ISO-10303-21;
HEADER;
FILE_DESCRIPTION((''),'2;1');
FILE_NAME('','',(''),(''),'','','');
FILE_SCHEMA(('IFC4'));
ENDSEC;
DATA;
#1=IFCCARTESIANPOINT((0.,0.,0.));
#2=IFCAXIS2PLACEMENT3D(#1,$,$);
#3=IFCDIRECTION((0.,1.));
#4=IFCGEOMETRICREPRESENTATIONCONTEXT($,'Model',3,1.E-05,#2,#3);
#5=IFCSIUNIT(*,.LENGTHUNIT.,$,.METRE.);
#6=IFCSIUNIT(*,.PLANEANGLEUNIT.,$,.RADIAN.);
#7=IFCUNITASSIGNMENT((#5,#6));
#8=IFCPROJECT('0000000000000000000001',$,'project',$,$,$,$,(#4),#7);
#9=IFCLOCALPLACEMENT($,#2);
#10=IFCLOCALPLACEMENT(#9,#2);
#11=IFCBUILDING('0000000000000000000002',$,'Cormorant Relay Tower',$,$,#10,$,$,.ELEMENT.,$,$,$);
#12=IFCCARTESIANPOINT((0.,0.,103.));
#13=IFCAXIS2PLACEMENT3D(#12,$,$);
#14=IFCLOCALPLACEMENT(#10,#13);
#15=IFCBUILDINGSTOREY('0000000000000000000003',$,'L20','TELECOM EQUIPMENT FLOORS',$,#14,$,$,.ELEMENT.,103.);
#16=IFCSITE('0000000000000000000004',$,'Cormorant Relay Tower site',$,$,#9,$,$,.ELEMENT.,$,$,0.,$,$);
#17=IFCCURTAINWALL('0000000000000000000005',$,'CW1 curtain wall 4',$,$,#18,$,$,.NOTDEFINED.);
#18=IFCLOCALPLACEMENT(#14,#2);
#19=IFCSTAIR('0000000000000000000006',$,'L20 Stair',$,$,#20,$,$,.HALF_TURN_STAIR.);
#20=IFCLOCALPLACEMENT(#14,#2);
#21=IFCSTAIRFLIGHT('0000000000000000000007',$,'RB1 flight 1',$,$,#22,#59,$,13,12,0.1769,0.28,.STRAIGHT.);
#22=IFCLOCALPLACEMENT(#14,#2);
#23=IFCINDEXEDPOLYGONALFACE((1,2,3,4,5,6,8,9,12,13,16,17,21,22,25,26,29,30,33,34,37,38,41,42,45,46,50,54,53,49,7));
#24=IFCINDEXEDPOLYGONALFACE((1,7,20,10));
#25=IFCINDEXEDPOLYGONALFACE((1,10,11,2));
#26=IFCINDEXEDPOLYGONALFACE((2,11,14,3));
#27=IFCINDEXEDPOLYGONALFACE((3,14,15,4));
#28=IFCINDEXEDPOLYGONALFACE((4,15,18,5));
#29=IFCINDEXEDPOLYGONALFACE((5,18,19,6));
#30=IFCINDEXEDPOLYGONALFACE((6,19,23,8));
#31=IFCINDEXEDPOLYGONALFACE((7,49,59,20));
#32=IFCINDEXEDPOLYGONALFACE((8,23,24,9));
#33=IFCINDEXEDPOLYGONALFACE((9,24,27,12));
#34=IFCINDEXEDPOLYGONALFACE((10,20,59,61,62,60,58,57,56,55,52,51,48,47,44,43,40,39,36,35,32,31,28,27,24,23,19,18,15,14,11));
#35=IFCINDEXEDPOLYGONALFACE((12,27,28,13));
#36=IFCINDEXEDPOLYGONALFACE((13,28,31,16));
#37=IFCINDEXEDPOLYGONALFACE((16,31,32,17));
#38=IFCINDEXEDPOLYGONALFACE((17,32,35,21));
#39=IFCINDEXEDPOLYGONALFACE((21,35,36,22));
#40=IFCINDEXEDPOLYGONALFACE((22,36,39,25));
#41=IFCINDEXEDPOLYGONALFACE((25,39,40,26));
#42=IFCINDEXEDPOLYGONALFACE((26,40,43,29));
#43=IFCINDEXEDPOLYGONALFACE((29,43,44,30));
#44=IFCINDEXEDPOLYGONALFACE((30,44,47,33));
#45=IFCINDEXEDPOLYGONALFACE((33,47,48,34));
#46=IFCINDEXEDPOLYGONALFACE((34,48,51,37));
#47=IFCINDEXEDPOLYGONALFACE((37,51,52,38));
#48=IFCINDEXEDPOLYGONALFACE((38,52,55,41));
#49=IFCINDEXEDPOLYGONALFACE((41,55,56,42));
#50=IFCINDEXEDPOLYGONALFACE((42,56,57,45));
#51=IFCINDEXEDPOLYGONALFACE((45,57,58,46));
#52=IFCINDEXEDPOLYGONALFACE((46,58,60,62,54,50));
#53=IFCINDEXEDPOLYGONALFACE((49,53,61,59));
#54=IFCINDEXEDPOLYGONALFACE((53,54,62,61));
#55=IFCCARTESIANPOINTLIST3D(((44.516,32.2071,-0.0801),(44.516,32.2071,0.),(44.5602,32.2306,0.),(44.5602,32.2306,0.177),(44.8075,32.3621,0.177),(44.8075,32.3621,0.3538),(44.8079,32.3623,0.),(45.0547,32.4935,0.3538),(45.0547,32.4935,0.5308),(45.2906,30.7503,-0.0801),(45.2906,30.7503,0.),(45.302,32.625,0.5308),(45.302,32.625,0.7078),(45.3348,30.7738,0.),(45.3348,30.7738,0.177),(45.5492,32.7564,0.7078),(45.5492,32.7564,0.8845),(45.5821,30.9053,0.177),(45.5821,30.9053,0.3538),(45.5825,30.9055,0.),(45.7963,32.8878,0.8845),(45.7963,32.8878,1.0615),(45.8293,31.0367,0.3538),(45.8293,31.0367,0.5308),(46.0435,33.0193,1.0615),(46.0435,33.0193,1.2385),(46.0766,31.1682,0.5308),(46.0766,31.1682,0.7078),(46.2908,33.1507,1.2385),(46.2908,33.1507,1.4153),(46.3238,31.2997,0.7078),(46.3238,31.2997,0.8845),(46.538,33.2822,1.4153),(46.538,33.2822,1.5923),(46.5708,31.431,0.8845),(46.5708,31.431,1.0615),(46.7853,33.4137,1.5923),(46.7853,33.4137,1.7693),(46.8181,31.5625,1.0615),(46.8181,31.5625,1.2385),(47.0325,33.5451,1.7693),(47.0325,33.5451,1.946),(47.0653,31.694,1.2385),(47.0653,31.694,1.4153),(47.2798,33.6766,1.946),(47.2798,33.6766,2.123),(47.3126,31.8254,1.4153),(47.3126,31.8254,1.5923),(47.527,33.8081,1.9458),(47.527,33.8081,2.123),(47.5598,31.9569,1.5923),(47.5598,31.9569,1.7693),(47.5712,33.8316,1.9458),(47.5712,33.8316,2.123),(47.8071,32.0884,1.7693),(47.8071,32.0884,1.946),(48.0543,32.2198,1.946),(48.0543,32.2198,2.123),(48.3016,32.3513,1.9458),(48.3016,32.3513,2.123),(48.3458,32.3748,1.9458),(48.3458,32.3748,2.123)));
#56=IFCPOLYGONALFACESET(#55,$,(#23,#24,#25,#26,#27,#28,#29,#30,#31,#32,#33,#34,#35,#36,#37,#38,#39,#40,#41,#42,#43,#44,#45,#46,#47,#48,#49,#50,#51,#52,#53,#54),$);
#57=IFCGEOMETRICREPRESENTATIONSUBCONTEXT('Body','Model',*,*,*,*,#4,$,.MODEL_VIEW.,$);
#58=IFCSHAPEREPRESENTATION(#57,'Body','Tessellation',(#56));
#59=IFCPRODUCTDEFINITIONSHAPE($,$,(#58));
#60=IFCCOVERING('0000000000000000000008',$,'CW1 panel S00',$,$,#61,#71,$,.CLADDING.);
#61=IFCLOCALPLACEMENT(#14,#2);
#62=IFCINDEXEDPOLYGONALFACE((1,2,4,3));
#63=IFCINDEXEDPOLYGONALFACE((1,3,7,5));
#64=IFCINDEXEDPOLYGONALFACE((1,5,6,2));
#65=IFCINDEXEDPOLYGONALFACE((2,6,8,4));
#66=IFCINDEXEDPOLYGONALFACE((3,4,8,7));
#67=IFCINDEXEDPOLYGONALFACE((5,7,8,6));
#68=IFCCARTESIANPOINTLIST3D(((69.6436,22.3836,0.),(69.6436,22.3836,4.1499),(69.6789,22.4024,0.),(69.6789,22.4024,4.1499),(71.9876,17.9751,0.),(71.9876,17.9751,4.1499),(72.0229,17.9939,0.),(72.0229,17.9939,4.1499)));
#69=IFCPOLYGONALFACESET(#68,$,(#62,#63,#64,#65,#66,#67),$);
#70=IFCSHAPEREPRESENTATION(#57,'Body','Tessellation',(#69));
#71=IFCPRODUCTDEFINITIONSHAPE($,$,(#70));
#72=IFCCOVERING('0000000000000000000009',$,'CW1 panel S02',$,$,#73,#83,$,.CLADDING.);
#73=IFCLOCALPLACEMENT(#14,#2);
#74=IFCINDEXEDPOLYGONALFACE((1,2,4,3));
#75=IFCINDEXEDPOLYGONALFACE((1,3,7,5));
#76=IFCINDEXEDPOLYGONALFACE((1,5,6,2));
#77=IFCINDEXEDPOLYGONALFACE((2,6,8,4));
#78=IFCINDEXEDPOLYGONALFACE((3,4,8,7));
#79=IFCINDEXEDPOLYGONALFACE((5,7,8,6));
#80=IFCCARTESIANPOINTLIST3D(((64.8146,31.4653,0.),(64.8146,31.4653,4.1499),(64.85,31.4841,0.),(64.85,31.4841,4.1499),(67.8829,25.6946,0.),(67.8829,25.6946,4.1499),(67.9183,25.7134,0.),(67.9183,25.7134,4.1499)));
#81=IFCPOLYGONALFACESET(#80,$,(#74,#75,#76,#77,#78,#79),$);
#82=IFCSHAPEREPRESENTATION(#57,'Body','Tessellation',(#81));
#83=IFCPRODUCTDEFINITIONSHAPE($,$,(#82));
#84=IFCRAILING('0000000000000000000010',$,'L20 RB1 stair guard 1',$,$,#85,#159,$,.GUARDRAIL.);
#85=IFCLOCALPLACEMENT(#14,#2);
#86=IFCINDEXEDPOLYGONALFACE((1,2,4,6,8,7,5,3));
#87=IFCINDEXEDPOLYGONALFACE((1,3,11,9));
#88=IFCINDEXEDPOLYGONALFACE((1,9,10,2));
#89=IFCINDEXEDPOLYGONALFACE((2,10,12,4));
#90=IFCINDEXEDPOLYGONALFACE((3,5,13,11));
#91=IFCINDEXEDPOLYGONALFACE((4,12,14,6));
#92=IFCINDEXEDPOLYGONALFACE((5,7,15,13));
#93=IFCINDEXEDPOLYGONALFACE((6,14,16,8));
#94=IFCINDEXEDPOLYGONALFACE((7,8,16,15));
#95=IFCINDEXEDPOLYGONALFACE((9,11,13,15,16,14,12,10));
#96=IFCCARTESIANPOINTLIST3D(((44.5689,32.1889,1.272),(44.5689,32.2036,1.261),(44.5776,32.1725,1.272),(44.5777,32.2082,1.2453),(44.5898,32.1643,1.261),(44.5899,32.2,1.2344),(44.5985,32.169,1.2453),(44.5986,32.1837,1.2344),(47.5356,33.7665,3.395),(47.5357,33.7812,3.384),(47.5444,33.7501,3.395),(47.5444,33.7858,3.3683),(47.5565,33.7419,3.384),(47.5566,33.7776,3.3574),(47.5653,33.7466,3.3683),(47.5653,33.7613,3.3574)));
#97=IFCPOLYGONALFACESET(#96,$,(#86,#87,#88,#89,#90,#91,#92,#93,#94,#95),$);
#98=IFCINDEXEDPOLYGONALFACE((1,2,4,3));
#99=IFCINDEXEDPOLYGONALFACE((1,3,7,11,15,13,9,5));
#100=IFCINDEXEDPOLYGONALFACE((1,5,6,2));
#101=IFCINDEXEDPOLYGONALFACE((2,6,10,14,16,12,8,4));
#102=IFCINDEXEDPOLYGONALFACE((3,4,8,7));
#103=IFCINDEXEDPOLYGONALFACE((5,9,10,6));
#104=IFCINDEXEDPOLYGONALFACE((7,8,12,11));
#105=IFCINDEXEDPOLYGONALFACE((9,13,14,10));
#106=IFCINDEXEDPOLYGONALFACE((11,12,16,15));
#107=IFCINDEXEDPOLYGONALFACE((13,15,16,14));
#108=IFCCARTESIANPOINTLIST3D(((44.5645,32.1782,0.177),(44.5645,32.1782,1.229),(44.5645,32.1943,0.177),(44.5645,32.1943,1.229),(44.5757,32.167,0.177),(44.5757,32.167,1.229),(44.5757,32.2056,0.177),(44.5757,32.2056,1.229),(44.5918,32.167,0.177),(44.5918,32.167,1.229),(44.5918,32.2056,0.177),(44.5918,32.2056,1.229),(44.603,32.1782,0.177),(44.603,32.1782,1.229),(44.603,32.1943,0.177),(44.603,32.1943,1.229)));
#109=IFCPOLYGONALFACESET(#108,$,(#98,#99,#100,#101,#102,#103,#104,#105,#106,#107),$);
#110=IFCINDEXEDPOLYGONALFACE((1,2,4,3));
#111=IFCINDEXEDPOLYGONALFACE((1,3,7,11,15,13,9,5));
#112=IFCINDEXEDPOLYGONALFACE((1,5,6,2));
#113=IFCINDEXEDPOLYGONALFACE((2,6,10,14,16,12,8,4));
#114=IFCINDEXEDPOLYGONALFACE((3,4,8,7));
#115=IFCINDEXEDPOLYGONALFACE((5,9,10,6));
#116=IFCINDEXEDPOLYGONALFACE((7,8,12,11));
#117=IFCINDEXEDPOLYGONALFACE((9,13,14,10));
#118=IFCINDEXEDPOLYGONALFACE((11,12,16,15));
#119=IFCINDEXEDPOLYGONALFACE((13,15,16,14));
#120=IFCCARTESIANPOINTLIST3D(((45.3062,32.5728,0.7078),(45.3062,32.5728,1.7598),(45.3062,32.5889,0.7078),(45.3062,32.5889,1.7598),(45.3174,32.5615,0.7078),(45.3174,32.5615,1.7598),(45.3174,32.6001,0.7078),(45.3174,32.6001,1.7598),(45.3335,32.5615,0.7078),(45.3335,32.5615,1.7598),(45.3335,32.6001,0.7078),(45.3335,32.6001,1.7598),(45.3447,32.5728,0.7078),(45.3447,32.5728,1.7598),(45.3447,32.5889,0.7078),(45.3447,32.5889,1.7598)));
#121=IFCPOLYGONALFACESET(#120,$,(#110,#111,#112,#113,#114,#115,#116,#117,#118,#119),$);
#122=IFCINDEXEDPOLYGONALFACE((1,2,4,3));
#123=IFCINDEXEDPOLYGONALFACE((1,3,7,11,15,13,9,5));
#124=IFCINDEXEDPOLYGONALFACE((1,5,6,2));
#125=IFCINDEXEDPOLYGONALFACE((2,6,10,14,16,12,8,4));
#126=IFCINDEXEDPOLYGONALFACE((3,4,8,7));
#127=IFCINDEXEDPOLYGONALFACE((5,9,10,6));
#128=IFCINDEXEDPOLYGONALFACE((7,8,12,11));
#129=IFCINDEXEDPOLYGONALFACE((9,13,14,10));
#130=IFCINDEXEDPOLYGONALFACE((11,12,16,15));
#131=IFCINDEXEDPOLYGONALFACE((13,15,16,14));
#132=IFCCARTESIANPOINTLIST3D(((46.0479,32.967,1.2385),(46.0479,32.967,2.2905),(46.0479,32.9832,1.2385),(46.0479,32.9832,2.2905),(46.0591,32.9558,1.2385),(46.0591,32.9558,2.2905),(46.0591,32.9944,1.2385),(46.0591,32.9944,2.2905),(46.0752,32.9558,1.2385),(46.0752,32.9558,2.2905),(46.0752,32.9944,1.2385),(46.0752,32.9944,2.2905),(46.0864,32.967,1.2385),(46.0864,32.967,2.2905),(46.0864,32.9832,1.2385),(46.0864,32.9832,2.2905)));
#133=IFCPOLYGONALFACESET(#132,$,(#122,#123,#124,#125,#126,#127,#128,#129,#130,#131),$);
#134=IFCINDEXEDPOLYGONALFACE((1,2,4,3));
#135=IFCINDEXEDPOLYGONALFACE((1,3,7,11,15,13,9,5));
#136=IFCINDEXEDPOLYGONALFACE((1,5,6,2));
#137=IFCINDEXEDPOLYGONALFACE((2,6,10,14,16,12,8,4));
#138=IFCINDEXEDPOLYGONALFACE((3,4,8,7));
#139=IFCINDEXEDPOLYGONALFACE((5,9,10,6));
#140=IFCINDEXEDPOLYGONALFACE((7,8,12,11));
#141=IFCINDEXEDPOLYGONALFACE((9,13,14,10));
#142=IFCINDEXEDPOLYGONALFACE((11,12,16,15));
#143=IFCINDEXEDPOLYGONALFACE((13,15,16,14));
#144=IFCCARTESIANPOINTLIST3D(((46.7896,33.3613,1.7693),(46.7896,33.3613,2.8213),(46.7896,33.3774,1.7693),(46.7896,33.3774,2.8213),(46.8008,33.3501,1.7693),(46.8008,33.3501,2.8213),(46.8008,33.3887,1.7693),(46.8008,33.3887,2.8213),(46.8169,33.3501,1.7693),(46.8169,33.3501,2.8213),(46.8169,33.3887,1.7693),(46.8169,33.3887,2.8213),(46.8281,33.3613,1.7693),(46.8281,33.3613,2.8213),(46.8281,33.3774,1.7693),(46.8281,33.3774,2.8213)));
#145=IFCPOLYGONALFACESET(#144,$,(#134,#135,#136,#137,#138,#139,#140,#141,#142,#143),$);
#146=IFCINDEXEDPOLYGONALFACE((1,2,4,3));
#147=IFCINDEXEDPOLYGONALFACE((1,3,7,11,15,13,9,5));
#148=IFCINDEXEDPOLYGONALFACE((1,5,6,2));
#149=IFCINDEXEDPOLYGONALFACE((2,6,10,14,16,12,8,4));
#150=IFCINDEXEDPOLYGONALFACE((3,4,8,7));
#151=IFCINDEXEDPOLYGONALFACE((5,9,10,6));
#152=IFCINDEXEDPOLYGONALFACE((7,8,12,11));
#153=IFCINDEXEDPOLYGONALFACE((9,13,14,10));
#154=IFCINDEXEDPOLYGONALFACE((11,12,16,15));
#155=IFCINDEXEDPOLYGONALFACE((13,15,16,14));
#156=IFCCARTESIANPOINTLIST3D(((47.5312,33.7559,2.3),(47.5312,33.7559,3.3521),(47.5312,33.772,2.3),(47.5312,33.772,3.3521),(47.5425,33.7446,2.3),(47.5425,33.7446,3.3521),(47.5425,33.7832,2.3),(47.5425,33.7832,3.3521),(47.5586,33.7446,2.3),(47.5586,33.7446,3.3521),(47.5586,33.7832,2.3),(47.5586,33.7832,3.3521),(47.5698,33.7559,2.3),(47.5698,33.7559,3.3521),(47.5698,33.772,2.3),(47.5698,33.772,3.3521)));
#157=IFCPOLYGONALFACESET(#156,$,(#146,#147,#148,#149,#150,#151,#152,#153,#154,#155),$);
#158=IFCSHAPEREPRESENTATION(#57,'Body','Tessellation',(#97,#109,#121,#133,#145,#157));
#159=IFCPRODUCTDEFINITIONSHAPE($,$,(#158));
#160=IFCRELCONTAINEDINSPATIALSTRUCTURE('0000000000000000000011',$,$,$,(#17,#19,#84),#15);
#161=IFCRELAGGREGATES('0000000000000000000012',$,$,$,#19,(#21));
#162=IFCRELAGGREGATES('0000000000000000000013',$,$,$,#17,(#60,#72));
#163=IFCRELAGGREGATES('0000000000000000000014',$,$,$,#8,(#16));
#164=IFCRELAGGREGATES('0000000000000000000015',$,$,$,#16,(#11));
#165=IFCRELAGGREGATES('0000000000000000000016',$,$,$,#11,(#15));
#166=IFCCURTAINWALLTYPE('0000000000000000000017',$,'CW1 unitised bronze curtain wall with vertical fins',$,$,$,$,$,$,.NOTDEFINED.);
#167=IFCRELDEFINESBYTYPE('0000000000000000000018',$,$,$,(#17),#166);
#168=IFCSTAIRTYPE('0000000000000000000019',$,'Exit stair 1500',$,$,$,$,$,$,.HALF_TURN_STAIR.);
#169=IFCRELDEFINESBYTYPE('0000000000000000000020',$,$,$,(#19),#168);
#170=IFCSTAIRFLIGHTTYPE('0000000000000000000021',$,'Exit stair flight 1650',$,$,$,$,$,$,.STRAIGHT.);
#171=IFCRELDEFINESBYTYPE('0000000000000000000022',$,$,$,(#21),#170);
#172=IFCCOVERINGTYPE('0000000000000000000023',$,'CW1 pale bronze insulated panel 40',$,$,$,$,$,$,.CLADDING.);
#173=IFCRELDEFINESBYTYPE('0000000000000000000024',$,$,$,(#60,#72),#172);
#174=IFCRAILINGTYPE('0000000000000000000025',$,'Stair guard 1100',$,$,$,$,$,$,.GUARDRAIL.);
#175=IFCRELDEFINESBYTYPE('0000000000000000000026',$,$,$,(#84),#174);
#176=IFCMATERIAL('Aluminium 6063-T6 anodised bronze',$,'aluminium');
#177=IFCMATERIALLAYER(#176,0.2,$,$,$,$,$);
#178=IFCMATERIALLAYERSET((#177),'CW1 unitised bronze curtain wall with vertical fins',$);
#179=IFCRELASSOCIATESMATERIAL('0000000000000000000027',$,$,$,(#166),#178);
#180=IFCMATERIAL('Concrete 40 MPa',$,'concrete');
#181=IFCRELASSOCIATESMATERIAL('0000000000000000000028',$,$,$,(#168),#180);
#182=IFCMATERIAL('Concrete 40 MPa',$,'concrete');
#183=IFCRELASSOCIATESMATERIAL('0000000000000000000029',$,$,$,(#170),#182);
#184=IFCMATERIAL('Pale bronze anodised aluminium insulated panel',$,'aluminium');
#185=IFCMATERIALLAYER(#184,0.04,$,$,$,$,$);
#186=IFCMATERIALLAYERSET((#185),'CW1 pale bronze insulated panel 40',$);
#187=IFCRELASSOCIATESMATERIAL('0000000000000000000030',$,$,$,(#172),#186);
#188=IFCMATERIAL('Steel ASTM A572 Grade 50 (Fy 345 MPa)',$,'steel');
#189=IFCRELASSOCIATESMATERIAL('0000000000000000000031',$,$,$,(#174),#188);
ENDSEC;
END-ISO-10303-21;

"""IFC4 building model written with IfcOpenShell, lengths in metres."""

from ifc_helpers import new_model, si_unit, direction, frame, origin, origin_2d, place, context, subcontext, project, spatial, polyline, rectangle, outline, extrude, material, layer, layer_set, type_object, element, aggregate, save


model = new_model("IFC4")

# Units and contexts
model_context = context("Model", 3, precision=1e-05, world=origin(), true_north=direction((0.0, 1.0)))
body_context = subcontext(model_context, "Body", "Model", "MODEL_VIEW")
ifc_project = project(units=[si_unit("LENGTHUNIT", "METRE"), si_unit("PLANEANGLEUNIT", "RADIAN")], contexts=[model_context])

# Site, building, storey
site_placement = place(None, origin())
site = spatial("IfcSite", under=ifc_project, at=site_placement, Name="Cormorant Relay Tower site", CompositionType="ELEMENT", RefElevation=0.0)
building_placement = place(site_placement, origin())
building = spatial("IfcBuilding", under=site, at=building_placement, Name="Cormorant Relay Tower", CompositionType="ELEMENT")
storey_placement = place(building_placement, frame((0.0, 0.0, 103.0)))
storey = spatial("IfcBuildingStorey", under=building, at=storey_placement, Name="L20", Description="TELECOM EQUIPMENT FLOORS", CompositionType="ELEMENT", Elevation=103.0)

# Curtain wall
ifc_material_1 = material(Name="Aluminium 6063-T6 anodised bronze", Category="aluminium")
ifc_layer_1 = layer(ifc_material_1, 0.2)
ifc_layer_set_1 = layer_set([ifc_layer_1], Name="CW1 unitised bronze curtain wall with vertical fins")
curtain_wall_type = type_object("IfcCurtainWallType", Name="CW1 unitised bronze curtain wall with vertical fins", PredefinedType="NOTDEFINED", material=ifc_layer_set_1)
curtain_wall_1_placement = place(storey_placement, origin())
curtain_wall_1 = element("IfcCurtainWall", 1, at=curtain_wall_1_placement, inside=storey, type_object=curtain_wall_type, Name="CW1 curtain wall 4", PredefinedType="NOTDEFINED")

# Stair, stair flight
ifc_material_2 = material(Name="Concrete 40 MPa", Category="concrete")
stair_type = type_object("IfcStairType", Name="Exit stair 1500", PredefinedType="HALF_TURN_STAIR", material=ifc_material_2)
stair_placement = place(storey_placement, origin())
stair = element("IfcStair", 2, at=stair_placement, inside=storey, type_object=stair_type, Name="L20 Stair", PredefinedType="HALF_TURN_STAIR")
ifc_material_3 = material(Name="Concrete 40 MPa", Category="concrete")
stair_flight_type = type_object("IfcStairFlightType", Name="Exit stair flight 1650", PredefinedType="STRAIGHT", material=ifc_material_3)
stair_flight_placement = place(storey_placement, frame((44.9475, 31.5022, 0.0), z_axis=(0.0, 0.0, 1.0), x_axis=(0.882948, 0.469472, 0.0)))
stair_flight = element("IfcStairFlight", 3, at=stair_flight_placement, type_object=stair_flight_type, Name="RB1 flight 1", NumberOfRisers=13, NumberOfTreads=12, PredefinedType="STRAIGHT", RiserHeight=0.1769, TreadLength=0.28, context=body_context, shape_type="SweptSolid", body=[
    extrude(outline(polyline([(-0.05, -0.0801), (-0.05, 0.0), (0.0, 0.0), (0.0, 0.177), (0.28, 0.177), (0.28, 0.3538), (0.5601, 0.3538), (0.5601, 0.5308), (0.8401, 0.5308), (0.8401, 0.7078), (1.1201, 0.7078), (1.1201, 0.8845), (1.3999, 0.8845), (1.3999, 1.0615), (1.6799, 1.0615), (1.6799, 1.2385), (1.96, 1.2385), (1.96, 1.4153), (2.24, 1.4153), (2.24, 1.5923), (2.52, 1.5923), (2.52, 1.7693), (2.8, 1.7693), (2.8, 1.946), (3.0801, 1.946), (3.0801, 2.123), (3.3601, 2.123), (3.4102, 2.123), (3.4102, 1.9458), (3.3601, 1.9458), (0.2805, 0.0), (-0.05, -0.0801)])), frame((0.0, 0.825, 0.0), z_axis=(0.0, -1.0, 0.0), x_axis=(1.0, 0.0, 0.0)), (0.0, 0.0, 1.0), 1.6499),
])
aggregate(stair, [stair_flight])

# Coverings
ifc_material_4 = material(Name="Pale bronze anodised aluminium insulated panel", Category="aluminium")
ifc_layer_2 = layer(ifc_material_4, 0.04)
ifc_layer_set_2 = layer_set([ifc_layer_2], Name="CW1 pale bronze insulated panel 40")
covering_type = type_object("IfcCoveringType", Name="CW1 pale bronze insulated panel 40", PredefinedType="CLADDING", material=ifc_layer_set_2)
covering_1_placement = place(storey_placement, frame((70.8333, 20.1887, 0.0), z_axis=(0.0, 0.0, 1.0), x_axis=(-0.469472, 0.882948, 0.0)))
covering_1 = element("IfcCovering", 4, at=covering_1_placement, type_object=covering_type, Name="CW1 panel S00", PredefinedType="CLADDING", context=body_context, shape_type="SweptSolid", body=[
    extrude(rectangle(XDim=4.9929, YDim=0.04, at=origin_2d()), origin(), (0.0, 0.0, 1.0), 4.1499),
])
covering_2_placement = place(storey_placement, frame((66.3665, 28.5894, 0.0), z_axis=(0.0, 0.0, 1.0), x_axis=(-0.469472, 0.882948, 0.0)))
covering_2 = element("IfcCovering", 5, at=covering_2_placement, type_object=covering_type, Name="CW1 panel S02", PredefinedType="CLADDING", context=body_context, shape_type="SweptSolid", body=[
    extrude(rectangle(XDim=6.5356, YDim=0.04, at=origin_2d()), origin(), (0.0, 0.0, 1.0), 4.1499),
])
aggregate(curtain_wall_1, [covering_1, covering_2])

# Railing
ifc_material_5 = material(Name="Steel ASTM A572 Grade 50 (Fy 345 MPa)", Category="steel")
railing_type_1 = type_object("IfcRailingType", Name="Stair guard 1100", PredefinedType="GUARDRAIL", material=ifc_material_5)
railing_1_placement = place(storey_placement, frame((44.5837, 32.1863, 0.177)))
element("IfcRailing", 6, at=railing_1_placement, inside=storey, type_object=railing_type_1, Name="L20 RB1 stair guard 1", PredefinedType="GUARDRAIL", context=body_context, shape_type="SweptSolid", body=[
    extrude(outline(polyline([(0.0222, 0.0093), (0.0093, 0.0222), (-0.0093, 0.0222), (-0.0222, 0.0093), (-0.0222, -0.0093), (-0.0093, -0.0222), (0.0093, -0.0222), (0.0222, -0.0093), (0.0222, 0.0093)])), frame((0.0, 0.0, 1.0762), z_axis=(0.746422, 0.396921, 0.534142), x_axis=(-0.469509, 0.882928, 0.0)), (0.0, 0.0, 1.0), 3.9746),
    extrude(outline(polyline([(0.0193, 0.0081), (0.0081, 0.0193), (-0.0081, 0.0193), (-0.0193, 0.0081), (-0.0193, -0.0081), (-0.0081, -0.0193), (0.0081, -0.0193), (0.0193, -0.0081), (0.0193, 0.0081)])), origin(), (0.0, 0.0, 1.0), 1.052),
    extrude(outline(polyline([(0.0193, 0.0081), (0.0081, 0.0193), (-0.0081, 0.0193), (-0.0193, 0.0081), (-0.0193, -0.0081), (-0.0081, -0.0193), (0.0081, -0.0193), (0.0193, -0.0081), (0.0193, 0.0081)])), frame((0.7417, 0.3945, 0.5308)), (0.0, 0.0, 1.0), 1.052),
    extrude(outline(polyline([(0.0193, 0.0081), (0.0081, 0.0193), (-0.0081, 0.0193), (-0.0193, 0.0081), (-0.0193, -0.0081), (-0.0081, -0.0193), (0.0081, -0.0193), (0.0193, -0.0081), (0.0193, 0.0081)])), frame((1.4834, 0.7888, 1.0615)), (0.0, 0.0, 1.0), 1.052),
    extrude(outline(polyline([(0.0193, 0.0081), (0.0081, 0.0193), (-0.0081, 0.0193), (-0.0193, 0.0081), (-0.0193, -0.0081), (-0.0081, -0.0193), (0.0081, -0.0193), (0.0193, -0.0081), (0.0193, 0.0081)])), frame((2.2251, 1.1831, 1.5923)), (0.0, 0.0, 1.0), 1.052),
    extrude(outline(polyline([(0.0193, 0.0081), (0.0081, 0.0193), (-0.0081, 0.0193), (-0.0193, 0.0081), (-0.0193, -0.0081), (-0.0081, -0.0193), (0.0081, -0.0193), (0.0193, -0.0081), (0.0193, 0.0081)])), frame((2.9668, 1.5776, 2.123)), (0.0, 0.0, 1.0), 1.052),
])

save(model, "model.ifc")
